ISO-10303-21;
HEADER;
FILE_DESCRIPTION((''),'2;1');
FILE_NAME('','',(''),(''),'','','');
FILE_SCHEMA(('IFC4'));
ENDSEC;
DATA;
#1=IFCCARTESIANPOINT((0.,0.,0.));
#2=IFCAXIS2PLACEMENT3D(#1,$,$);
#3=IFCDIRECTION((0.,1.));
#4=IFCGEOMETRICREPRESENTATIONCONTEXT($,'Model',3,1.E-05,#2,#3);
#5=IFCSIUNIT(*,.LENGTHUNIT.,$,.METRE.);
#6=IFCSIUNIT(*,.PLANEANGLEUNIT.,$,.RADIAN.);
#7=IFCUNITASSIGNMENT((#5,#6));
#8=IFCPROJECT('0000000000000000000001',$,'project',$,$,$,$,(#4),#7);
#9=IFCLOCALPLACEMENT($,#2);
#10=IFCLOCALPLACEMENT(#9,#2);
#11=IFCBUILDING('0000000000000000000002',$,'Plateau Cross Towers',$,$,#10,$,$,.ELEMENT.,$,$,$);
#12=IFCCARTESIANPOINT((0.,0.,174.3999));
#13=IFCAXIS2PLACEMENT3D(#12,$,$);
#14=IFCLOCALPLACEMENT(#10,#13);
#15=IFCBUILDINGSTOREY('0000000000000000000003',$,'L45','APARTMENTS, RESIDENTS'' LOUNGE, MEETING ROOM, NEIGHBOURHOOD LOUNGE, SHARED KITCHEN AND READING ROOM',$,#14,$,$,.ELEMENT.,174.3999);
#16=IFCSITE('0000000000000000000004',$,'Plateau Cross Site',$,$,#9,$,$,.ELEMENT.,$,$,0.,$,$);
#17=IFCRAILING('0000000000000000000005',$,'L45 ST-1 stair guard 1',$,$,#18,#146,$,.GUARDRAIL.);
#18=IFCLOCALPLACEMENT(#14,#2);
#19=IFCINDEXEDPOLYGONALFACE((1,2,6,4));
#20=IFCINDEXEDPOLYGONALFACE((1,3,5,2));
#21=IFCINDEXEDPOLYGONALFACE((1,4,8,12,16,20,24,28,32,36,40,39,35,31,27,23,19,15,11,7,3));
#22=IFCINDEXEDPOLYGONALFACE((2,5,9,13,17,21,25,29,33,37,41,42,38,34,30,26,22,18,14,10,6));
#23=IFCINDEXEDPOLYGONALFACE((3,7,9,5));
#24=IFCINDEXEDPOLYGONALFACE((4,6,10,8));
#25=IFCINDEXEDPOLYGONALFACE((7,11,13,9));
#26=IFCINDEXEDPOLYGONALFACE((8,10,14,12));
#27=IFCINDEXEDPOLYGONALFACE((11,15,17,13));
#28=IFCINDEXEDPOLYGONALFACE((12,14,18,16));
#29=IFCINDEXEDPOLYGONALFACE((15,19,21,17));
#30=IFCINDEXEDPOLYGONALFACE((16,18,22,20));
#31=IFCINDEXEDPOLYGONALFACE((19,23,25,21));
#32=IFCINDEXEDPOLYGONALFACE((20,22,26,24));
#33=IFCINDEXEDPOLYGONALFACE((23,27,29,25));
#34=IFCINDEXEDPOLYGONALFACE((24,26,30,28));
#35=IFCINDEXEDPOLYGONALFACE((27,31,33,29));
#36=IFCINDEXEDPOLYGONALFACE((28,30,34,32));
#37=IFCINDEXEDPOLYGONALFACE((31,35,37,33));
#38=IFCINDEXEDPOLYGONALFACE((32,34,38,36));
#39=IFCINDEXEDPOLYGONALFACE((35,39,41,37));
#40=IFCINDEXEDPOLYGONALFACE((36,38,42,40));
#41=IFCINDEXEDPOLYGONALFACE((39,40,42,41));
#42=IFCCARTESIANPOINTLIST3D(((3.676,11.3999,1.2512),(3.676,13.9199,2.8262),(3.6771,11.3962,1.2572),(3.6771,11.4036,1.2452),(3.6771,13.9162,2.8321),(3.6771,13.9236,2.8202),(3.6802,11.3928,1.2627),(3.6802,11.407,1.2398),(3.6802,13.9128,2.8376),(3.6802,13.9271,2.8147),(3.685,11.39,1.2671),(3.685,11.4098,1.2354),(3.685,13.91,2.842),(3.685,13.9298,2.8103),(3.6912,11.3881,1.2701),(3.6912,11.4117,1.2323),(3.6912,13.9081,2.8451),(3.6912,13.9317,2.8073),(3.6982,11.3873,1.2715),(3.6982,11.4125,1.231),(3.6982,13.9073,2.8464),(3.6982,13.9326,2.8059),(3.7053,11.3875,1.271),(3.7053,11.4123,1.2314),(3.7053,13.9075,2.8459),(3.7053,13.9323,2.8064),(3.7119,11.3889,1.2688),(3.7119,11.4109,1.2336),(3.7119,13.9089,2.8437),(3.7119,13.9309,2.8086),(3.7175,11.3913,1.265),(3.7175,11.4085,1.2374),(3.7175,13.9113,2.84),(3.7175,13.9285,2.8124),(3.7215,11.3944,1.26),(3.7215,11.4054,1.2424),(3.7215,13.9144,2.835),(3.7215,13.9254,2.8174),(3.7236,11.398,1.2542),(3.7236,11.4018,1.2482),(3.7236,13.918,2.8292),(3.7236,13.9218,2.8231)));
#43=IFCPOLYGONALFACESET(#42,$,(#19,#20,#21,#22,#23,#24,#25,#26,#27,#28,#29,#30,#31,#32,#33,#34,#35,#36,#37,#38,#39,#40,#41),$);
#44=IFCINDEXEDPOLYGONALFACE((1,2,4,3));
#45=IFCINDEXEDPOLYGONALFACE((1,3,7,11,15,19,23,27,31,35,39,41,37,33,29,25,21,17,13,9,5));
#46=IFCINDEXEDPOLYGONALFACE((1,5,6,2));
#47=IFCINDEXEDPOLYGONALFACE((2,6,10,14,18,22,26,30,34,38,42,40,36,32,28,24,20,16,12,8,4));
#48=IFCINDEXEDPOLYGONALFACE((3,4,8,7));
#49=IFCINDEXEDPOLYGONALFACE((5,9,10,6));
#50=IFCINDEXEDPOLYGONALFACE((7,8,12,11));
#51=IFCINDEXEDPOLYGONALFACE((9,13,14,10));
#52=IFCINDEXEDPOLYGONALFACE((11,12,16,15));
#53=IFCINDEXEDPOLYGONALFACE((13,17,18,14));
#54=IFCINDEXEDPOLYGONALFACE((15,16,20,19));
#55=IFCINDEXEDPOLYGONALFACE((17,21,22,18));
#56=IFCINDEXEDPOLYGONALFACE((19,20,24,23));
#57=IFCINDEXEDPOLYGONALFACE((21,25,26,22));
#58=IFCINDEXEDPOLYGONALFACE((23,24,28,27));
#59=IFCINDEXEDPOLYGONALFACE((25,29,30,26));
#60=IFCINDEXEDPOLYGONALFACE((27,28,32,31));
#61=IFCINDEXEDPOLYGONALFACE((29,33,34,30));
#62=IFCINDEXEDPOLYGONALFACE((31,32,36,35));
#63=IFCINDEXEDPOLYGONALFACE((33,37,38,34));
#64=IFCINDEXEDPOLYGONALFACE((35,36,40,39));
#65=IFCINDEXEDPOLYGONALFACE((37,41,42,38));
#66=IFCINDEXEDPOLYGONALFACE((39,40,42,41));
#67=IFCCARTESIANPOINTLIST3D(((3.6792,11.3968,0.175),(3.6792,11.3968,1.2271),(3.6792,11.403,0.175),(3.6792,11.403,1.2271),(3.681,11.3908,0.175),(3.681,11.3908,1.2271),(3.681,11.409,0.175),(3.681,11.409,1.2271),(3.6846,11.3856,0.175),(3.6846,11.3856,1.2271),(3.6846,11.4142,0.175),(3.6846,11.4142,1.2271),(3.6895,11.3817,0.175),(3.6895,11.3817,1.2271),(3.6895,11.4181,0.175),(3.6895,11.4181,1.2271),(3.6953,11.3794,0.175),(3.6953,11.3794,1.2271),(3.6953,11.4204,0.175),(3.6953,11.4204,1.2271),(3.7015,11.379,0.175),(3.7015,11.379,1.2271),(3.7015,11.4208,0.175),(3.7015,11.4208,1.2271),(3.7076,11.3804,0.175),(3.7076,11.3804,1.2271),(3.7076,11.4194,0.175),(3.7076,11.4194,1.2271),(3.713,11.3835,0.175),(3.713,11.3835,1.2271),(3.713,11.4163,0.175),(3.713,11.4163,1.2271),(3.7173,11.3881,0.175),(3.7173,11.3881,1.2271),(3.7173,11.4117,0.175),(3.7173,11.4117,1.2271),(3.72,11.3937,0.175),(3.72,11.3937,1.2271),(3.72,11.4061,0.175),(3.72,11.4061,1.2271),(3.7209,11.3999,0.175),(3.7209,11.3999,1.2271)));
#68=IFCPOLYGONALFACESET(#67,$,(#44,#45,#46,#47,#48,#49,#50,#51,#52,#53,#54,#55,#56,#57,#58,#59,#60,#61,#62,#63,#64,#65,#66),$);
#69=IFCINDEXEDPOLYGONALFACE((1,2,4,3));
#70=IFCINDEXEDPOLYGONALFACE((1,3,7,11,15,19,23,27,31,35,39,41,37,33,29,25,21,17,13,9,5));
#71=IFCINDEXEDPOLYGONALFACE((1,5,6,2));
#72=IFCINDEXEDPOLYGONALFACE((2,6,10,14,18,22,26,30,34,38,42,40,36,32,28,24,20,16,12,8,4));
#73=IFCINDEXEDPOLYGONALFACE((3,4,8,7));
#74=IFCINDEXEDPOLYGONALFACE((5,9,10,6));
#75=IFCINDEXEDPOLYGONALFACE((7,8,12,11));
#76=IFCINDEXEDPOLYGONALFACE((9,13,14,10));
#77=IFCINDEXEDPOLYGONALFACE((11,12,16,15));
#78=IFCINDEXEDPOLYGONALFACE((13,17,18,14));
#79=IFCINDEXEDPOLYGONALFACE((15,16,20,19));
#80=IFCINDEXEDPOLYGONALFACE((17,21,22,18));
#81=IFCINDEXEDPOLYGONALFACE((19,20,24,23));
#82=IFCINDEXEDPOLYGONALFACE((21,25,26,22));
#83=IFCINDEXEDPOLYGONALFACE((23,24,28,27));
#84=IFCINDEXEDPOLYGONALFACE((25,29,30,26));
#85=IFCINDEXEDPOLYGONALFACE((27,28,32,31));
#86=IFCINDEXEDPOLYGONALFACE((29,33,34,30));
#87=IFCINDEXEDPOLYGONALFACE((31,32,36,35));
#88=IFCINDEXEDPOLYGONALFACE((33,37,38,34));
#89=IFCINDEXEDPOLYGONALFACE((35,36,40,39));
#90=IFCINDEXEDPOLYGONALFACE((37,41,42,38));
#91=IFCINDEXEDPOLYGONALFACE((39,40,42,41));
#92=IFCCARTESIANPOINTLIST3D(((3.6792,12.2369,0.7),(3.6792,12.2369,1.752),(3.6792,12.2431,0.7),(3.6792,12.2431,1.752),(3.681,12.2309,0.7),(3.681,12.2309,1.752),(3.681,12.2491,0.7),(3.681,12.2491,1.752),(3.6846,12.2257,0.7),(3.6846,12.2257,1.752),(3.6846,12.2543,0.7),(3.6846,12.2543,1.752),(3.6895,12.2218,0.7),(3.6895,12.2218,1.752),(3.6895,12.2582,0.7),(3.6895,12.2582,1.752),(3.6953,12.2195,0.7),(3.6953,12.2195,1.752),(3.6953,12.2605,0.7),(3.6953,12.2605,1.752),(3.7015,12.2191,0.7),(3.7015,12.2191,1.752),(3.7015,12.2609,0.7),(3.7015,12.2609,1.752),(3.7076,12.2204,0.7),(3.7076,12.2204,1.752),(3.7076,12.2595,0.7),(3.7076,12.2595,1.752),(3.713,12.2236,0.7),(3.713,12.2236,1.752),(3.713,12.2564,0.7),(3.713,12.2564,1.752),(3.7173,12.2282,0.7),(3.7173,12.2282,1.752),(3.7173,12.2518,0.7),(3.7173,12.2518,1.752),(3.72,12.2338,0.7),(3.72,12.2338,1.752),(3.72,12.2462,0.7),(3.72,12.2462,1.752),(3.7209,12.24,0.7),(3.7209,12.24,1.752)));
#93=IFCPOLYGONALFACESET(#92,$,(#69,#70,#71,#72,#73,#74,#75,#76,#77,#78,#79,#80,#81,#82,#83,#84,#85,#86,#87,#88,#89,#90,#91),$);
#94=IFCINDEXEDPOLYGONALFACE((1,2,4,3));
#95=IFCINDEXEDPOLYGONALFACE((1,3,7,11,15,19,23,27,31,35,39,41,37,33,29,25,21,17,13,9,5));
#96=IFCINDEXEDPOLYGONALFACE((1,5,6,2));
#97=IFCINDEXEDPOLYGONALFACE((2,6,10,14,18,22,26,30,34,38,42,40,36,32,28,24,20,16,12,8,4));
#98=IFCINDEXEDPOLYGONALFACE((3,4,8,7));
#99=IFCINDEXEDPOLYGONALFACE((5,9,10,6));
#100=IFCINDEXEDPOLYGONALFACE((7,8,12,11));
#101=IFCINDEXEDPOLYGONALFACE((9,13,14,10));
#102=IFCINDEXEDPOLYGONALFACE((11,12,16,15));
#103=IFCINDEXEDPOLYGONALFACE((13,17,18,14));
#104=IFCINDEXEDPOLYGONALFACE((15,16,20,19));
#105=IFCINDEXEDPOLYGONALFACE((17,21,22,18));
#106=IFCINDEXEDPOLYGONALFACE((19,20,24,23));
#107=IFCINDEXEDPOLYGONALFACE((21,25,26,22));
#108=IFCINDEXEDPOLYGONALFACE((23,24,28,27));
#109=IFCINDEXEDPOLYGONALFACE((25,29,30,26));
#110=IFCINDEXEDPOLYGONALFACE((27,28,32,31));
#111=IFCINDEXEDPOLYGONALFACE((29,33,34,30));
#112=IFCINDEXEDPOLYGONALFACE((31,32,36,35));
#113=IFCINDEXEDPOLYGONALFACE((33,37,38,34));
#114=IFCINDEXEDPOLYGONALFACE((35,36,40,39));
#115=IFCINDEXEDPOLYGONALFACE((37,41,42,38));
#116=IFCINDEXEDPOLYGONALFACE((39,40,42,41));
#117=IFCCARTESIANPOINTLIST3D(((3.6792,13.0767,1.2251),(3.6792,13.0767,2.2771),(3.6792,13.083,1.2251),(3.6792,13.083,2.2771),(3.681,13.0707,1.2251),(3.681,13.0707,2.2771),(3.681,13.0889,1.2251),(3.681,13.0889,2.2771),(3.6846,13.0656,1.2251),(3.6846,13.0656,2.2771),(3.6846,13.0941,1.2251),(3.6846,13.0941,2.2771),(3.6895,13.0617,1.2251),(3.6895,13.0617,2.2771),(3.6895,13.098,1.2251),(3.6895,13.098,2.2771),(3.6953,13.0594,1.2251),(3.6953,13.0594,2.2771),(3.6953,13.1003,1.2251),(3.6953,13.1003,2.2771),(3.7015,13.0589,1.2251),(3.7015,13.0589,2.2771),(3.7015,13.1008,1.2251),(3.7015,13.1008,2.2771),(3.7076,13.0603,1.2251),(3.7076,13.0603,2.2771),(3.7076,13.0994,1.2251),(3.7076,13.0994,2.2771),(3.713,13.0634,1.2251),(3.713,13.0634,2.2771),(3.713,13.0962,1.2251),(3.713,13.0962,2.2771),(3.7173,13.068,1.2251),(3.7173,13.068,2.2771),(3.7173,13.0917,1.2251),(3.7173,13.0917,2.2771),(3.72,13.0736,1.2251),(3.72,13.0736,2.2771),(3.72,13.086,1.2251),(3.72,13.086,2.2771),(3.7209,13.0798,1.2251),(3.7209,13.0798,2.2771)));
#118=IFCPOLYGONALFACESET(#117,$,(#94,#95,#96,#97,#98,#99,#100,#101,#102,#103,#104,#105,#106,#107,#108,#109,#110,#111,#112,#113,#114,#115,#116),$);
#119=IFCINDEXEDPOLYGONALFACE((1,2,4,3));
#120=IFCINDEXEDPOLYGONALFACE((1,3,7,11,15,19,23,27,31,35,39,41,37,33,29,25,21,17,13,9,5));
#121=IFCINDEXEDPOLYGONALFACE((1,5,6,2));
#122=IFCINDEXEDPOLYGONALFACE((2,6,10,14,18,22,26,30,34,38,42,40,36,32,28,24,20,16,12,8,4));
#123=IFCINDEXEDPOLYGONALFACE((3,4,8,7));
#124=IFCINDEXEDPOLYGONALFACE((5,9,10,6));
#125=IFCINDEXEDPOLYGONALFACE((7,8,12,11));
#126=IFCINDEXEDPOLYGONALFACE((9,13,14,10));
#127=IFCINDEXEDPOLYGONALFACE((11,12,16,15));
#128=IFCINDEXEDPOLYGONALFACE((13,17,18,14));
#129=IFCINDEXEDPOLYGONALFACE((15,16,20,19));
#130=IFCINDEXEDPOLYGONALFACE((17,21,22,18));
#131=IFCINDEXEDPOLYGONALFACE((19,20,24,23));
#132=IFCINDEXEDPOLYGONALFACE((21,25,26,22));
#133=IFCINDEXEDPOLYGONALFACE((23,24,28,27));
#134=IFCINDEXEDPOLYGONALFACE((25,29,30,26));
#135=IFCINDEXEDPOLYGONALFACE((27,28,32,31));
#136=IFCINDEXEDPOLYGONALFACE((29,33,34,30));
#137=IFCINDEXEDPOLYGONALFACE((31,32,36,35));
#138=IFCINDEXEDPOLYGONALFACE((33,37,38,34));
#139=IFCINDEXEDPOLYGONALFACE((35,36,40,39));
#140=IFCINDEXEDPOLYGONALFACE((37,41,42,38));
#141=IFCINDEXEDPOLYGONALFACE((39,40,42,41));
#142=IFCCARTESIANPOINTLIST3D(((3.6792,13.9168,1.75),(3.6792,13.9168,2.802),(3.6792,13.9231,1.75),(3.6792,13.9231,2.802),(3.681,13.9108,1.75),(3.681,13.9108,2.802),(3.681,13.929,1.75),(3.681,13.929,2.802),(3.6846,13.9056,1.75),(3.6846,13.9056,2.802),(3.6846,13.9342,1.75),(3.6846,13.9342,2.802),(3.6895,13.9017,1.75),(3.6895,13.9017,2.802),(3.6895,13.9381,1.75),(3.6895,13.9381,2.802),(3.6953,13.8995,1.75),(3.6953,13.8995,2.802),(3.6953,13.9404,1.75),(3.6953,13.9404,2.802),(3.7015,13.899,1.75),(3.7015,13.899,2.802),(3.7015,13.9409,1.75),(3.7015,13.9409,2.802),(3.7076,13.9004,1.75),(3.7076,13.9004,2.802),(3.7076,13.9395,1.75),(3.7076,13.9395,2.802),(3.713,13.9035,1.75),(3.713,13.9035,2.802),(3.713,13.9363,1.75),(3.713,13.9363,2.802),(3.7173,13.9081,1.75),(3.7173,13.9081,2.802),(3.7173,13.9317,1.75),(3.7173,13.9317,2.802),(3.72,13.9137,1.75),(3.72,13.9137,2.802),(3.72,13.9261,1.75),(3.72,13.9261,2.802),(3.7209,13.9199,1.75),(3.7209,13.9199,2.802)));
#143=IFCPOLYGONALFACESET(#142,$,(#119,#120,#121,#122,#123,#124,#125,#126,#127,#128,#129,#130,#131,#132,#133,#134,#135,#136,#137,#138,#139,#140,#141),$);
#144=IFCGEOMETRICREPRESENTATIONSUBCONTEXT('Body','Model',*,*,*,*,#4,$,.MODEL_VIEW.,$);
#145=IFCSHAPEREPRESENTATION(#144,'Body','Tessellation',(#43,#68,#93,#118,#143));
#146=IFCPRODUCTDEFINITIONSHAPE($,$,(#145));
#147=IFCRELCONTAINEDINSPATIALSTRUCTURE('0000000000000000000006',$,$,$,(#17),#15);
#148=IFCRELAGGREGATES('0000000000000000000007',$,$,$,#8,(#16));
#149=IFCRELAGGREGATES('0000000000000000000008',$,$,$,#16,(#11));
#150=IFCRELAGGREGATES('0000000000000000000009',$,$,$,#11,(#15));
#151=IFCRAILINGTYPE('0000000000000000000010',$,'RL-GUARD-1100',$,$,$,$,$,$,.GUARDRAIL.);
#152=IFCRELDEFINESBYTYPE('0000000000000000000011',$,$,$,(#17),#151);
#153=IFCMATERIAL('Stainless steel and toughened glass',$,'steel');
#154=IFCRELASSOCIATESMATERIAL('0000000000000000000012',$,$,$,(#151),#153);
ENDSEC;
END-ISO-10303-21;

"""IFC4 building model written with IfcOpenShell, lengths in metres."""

from ifc_helpers import new_model, si_unit, direction, frame, origin, origin_2d, place, context, subcontext, project, spatial, circle, extrude, material, type_object, element, save


model = new_model("IFC4")

# Units and contexts
model_context = context("Model", 3, precision=1e-05, world=origin(), true_north=direction((0.0, 1.0)))
body_context = subcontext(model_context, "Body", "Model", "MODEL_VIEW")
ifc_project = project(units=[si_unit("LENGTHUNIT", "METRE"), si_unit("PLANEANGLEUNIT", "RADIAN")], contexts=[model_context])

# Site, building, storey
site_placement = place(None, origin())
site = spatial("IfcSite", under=ifc_project, at=site_placement, Name="Plateau Cross Site", CompositionType="ELEMENT", RefElevation=0.0)
building_placement = place(site_placement, origin())
building = spatial("IfcBuilding", under=site, at=building_placement, Name="Plateau Cross Towers", CompositionType="ELEMENT")
storey_placement = place(building_placement, frame((0.0, 0.0, 174.3999)))
storey = spatial("IfcBuildingStorey", under=building, at=storey_placement, Name="L45", Description="APARTMENTS, RESIDENTS' LOUNGE, MEETING ROOM, NEIGHBOURHOOD LOUNGE, SHARED KITCHEN AND READING ROOM", CompositionType="ELEMENT", Elevation=174.3999)

# Railing
ifc_material_1 = material(Name="Stainless steel and toughened glass", Category="steel")
railing_type_1 = type_object("IfcRailingType", Name="RL-GUARD-1100", PredefinedType="GUARDRAIL", material=ifc_material_1)
railing_1_placement = place(storey_placement, frame((3.7, 11.3999, 0.175)))
element("IfcRailing", 1, at=railing_1_placement, inside=storey, type_object=railing_type_1, Name="L45 ST-1 stair guard 1", PredefinedType="GUARDRAIL", context=body_context, shape_type="SweptSolid", body=[
    extrude(circle(Radius=0.0239, at=origin_2d()), frame((0.0, 0.0, 1.0762), z_axis=(0.0, 0.848008, 0.529984), x_axis=(-1.0, 0.0, 0.0)), (0.0, 0.0, 1.0), 2.9717),
    extrude(circle(Radius=0.021, at=origin_2d()), origin(), (0.0, 0.0, 1.0), 1.052),
    extrude(circle(Radius=0.021, at=origin_2d()), frame((0.0, 0.8401, 0.5249)), (0.0, 0.0, 1.0), 1.052),
    extrude(circle(Radius=0.021, at=origin_2d()), frame((0.0, 1.6799, 1.05)), (0.0, 0.0, 1.0), 1.052),
    extrude(circle(Radius=0.021, at=origin_2d()), frame((0.0, 2.52, 1.575)), (0.0, 0.0, 1.0), 1.052),
])

save(model, "model.ifc")
